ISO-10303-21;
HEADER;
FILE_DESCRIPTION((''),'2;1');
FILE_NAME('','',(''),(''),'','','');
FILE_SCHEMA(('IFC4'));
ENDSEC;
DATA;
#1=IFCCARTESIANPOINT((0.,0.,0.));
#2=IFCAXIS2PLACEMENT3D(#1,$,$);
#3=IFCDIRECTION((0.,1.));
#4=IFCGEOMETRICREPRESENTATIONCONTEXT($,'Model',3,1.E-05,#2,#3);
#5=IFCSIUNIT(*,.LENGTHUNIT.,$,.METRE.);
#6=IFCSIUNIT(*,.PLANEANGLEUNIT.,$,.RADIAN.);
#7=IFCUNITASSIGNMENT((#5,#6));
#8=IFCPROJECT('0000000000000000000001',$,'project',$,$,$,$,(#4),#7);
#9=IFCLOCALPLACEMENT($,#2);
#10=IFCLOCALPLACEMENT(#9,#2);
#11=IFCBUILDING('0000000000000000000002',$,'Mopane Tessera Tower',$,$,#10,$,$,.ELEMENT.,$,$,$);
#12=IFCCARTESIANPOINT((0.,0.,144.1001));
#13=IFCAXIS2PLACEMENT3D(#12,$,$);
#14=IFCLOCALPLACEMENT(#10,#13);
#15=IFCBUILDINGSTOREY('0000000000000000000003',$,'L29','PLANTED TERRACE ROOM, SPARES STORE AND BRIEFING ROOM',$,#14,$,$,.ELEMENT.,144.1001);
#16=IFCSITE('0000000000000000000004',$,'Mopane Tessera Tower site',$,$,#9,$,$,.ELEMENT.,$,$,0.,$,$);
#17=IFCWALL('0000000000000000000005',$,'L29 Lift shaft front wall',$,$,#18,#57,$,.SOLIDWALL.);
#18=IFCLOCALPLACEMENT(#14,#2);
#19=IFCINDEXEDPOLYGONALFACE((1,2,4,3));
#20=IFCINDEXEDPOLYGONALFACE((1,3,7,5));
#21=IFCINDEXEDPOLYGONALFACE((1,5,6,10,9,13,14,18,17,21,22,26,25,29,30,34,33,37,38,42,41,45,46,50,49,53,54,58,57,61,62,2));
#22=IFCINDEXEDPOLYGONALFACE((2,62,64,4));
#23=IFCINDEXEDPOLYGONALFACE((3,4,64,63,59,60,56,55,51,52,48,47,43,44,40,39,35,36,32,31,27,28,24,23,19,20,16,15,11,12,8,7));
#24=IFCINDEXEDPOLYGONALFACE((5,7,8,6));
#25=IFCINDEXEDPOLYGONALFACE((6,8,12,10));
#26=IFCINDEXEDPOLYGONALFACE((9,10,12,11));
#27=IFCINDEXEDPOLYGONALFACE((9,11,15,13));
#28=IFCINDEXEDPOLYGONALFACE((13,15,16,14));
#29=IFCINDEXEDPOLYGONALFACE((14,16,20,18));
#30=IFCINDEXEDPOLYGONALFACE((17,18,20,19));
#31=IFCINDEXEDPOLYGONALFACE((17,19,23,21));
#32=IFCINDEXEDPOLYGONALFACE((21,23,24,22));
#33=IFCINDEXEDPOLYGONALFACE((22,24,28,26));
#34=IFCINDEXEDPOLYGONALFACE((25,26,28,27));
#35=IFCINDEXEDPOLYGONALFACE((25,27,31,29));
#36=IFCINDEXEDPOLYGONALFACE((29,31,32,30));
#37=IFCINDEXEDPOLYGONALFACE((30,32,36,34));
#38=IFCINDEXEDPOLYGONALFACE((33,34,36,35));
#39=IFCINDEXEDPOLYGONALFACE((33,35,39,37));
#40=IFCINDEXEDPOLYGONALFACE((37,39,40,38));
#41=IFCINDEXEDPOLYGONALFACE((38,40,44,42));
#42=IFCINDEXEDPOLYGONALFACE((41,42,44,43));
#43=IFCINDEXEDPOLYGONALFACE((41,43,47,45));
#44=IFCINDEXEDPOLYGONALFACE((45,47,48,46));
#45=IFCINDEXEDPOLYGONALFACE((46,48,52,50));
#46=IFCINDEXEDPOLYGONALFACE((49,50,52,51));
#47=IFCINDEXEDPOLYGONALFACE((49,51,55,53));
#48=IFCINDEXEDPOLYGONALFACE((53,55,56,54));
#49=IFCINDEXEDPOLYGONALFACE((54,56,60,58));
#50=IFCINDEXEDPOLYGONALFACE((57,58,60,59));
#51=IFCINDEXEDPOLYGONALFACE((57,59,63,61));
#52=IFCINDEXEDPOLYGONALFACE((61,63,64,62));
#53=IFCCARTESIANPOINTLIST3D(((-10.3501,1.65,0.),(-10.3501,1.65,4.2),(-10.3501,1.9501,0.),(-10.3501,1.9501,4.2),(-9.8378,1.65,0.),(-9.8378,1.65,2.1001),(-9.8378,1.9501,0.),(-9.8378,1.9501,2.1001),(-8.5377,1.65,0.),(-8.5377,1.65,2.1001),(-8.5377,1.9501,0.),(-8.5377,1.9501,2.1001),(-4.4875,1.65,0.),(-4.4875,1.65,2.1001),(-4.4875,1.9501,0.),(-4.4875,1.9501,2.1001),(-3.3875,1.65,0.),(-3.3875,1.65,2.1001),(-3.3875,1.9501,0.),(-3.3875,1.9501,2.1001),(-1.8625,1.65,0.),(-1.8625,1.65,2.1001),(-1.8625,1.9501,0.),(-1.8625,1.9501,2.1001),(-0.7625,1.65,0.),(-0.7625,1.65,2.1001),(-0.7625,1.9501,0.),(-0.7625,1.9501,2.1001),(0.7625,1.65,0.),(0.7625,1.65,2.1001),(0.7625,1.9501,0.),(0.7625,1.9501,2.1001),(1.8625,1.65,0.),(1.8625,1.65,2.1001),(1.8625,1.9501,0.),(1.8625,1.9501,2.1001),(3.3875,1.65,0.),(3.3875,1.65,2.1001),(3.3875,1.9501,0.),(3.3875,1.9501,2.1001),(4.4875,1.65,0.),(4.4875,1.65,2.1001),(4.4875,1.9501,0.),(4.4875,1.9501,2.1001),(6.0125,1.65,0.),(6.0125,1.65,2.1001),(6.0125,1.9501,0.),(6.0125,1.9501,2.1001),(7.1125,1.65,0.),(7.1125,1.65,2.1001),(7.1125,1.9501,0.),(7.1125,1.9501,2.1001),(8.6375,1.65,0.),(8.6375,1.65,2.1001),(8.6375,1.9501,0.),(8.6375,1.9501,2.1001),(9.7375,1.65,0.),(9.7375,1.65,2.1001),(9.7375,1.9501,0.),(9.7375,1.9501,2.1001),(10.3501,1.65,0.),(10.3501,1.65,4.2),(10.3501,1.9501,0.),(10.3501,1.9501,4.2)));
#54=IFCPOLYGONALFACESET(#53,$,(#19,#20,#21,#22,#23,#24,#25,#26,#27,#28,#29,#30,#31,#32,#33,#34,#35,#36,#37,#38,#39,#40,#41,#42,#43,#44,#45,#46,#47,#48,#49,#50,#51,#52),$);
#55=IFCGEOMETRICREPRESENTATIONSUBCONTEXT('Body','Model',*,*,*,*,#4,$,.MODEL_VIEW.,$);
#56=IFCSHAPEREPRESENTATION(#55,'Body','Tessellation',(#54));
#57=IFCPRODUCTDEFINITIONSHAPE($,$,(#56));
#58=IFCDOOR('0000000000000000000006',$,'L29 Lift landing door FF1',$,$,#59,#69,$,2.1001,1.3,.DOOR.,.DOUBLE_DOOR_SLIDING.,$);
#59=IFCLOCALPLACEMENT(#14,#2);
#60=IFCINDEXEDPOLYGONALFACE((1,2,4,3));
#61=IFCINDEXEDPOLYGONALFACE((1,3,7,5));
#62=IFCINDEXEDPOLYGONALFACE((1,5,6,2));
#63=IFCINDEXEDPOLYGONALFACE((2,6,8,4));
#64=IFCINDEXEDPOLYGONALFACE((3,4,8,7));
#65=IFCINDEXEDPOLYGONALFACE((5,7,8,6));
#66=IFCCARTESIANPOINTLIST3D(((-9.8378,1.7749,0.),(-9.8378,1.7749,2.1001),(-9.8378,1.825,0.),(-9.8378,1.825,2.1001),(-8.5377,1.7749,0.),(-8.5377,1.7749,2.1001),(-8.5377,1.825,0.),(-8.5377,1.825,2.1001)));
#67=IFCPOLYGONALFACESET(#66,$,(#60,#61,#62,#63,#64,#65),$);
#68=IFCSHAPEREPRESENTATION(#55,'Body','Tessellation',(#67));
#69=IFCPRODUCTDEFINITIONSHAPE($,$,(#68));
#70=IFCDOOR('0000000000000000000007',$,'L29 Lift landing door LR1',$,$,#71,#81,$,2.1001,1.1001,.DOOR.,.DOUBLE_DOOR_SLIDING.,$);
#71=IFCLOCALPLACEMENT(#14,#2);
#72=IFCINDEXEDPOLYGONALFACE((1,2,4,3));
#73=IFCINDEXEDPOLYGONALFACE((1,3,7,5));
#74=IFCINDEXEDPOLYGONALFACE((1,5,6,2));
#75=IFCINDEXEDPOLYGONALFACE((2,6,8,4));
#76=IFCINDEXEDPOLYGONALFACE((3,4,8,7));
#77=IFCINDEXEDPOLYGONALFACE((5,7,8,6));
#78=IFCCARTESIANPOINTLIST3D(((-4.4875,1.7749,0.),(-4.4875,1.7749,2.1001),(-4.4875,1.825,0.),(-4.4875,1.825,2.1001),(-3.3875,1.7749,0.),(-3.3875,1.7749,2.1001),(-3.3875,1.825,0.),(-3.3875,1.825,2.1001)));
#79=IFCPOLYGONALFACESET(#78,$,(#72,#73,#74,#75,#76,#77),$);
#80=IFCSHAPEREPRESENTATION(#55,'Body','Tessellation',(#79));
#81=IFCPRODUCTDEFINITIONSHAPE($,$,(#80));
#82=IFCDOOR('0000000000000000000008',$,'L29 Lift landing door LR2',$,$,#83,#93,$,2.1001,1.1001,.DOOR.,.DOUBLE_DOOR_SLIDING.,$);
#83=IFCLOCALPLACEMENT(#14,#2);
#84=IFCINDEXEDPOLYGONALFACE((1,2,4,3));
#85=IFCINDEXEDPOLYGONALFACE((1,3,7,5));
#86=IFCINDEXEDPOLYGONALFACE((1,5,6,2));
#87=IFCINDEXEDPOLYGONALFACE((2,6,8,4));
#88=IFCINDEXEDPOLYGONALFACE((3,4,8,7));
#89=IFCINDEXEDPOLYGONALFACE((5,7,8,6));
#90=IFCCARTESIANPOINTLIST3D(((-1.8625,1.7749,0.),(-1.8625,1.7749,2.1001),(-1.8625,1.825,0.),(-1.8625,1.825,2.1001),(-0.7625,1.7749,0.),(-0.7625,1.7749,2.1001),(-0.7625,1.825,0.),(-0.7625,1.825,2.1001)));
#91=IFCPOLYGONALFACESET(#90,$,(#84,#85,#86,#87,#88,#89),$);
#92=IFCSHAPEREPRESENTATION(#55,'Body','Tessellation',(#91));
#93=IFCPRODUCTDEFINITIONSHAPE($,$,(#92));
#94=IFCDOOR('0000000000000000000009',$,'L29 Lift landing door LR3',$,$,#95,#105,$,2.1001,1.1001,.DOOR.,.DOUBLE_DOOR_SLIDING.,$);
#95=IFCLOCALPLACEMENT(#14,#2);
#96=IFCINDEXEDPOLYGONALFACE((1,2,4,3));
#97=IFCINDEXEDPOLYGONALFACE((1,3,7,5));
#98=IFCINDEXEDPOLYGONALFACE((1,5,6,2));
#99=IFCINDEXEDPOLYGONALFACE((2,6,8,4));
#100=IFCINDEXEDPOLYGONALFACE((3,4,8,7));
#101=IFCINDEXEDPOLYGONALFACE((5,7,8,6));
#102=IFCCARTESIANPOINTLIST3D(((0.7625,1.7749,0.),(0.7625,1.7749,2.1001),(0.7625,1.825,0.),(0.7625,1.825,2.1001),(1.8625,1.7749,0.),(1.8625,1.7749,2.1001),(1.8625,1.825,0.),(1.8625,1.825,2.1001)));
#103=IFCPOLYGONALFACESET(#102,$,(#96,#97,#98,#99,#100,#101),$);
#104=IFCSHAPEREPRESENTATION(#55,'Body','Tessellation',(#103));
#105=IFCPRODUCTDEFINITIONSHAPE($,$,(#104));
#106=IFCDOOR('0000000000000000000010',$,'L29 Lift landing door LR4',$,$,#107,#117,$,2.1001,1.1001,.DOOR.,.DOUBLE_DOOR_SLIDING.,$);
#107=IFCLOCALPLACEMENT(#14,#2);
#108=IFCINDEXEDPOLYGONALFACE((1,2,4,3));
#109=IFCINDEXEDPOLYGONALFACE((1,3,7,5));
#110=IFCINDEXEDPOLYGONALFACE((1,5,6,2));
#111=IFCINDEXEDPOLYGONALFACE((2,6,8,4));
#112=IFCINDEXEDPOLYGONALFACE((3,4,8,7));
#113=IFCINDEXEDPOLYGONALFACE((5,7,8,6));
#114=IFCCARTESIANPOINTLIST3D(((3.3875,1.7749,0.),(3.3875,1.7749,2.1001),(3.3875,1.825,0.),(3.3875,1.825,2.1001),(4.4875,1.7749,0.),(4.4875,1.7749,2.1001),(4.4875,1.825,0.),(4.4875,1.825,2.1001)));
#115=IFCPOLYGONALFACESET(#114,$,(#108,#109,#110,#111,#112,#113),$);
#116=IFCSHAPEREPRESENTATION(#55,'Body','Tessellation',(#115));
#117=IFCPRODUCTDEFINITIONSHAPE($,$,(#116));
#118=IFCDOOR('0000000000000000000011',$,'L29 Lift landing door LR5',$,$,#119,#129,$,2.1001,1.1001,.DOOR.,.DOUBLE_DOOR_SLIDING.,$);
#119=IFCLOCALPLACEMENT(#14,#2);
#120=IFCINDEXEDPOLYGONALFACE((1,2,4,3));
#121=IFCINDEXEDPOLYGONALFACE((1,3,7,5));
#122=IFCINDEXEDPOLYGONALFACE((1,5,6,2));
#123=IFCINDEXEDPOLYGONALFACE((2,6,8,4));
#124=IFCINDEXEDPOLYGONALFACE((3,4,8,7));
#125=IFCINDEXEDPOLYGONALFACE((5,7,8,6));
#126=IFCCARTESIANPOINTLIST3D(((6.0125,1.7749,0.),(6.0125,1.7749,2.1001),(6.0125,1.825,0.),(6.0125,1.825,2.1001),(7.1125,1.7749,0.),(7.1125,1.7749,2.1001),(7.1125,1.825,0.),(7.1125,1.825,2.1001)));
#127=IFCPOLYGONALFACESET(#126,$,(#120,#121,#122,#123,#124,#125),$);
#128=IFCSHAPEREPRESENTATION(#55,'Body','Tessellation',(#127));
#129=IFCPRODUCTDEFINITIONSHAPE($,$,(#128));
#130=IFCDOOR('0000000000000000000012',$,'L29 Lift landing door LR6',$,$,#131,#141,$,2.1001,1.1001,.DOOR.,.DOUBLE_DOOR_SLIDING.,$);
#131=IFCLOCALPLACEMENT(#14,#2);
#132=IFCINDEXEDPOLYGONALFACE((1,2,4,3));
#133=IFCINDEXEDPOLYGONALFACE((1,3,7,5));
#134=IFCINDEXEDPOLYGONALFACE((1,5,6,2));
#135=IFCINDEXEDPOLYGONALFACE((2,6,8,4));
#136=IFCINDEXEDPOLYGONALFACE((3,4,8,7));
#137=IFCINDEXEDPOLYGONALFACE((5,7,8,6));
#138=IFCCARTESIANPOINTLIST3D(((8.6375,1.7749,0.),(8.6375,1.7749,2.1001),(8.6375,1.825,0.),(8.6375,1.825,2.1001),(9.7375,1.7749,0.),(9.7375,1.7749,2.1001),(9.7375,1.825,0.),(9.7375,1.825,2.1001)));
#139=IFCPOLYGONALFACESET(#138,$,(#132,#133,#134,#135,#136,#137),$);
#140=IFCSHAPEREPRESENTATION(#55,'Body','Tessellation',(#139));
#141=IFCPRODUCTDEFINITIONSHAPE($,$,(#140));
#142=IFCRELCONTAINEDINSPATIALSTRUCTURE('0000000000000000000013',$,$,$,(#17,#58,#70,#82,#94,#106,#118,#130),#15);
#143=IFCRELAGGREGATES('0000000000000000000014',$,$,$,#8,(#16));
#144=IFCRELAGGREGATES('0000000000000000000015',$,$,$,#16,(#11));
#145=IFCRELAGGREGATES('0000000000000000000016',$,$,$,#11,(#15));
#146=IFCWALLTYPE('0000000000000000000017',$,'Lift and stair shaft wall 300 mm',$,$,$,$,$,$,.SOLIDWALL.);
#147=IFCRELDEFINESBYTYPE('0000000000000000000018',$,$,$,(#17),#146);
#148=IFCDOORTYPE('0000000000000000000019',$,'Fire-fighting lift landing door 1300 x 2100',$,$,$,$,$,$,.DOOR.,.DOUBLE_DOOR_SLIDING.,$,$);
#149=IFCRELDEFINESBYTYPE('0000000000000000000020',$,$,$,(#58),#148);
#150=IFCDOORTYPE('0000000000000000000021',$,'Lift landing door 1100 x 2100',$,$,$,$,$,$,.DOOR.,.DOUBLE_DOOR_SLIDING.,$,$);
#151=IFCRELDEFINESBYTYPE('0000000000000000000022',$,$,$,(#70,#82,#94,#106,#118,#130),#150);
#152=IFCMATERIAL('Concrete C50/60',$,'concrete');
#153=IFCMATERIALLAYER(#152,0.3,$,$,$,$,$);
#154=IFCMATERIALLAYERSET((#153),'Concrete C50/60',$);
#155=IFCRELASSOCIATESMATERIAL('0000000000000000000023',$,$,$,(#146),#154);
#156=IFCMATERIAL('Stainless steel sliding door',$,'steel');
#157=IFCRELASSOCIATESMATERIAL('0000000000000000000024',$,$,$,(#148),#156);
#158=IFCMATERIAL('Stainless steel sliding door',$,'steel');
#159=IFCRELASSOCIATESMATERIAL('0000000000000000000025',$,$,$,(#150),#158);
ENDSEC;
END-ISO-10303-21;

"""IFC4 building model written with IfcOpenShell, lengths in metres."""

from ifc_helpers import new_model, si_unit, direction, frame, frame_2d, origin, place, context, subcontext, project, spatial, rectangle, extrude, material, layer, layer_set, type_object, element, fill, save


model = new_model("IFC4")

# Units and contexts
model_context = context("Model", 3, precision=1e-05, world=origin(), true_north=direction((0.0, 1.0)))
body_context = subcontext(model_context, "Body", "Model", "MODEL_VIEW")
ifc_project = project(units=[si_unit("LENGTHUNIT", "METRE"), si_unit("PLANEANGLEUNIT", "RADIAN")], contexts=[model_context])

# Site, building, storey
site_placement = place(None, origin())
site = spatial("IfcSite", under=ifc_project, at=site_placement, Name="Mopane Tessera Tower site", CompositionType="ELEMENT", RefElevation=0.0)
building_placement = place(site_placement, origin())
building = spatial("IfcBuilding", under=site, at=building_placement, Name="Mopane Tessera Tower", CompositionType="ELEMENT")
storey_placement = place(building_placement, frame((0.0, 0.0, 144.1001)))
storey = spatial("IfcBuildingStorey", under=building, at=storey_placement, Name="L29", Description="PLANTED TERRACE ROOM, SPARES STORE AND BRIEFING ROOM", CompositionType="ELEMENT", Elevation=144.1001)

# Wall, openings, doors
ifc_material_1 = material(Name="Concrete C50/60", Category="concrete")
ifc_layer_1 = layer(ifc_material_1, 0.3)
ifc_layer_set_1 = layer_set([ifc_layer_1], Name="Concrete C50/60")
wall_type_1 = type_object("IfcWallType", Name="Lift and stair shaft wall 300 mm", PredefinedType="SOLIDWALL", material=ifc_layer_set_1)
wall_1_placement = place(storey_placement, frame((-10.3501, 1.8, 0.0), z_axis=(0.0, 0.0, 1.0), x_axis=(1.0, 0.0, 0.0)))
wall_1 = element("IfcWall", 1, at=wall_1_placement, inside=storey, type_object=wall_type_1, Name="L29 Lift shaft front wall", PredefinedType="SOLIDWALL", context=body_context, shape_type="SweptSolid", body=[
    extrude(rectangle(XDim=20.7002, YDim=0.3, at=frame_2d((10.3501, 0.0))), origin(), (0.0, 0.0, 1.0), 4.2),
])
opening_1_placement = place(wall_1_placement, frame((0.5125, 0.0, 0.0)))
opening_1 = element("IfcOpeningElement", 2, at=opening_1_placement, cuts=wall_1, PredefinedType="OPENING", context=body_context, shape_type="SweptSolid", body=[
    extrude(rectangle(XDim=1.3, YDim=2.1001, at=frame_2d((0.6499, 1.05))), frame((0.0, 0.1621, 0.0), z_axis=(0.0, -1.0, 0.0), x_axis=(1.0, 0.0, 0.0)), (0.0, 0.0, 1.0), 0.324),
])
opening_2_placement = place(wall_1_placement, frame((5.8625, 0.0, 0.0)))
opening_2 = element("IfcOpeningElement", 3, at=opening_2_placement, cuts=wall_1, PredefinedType="OPENING", context=body_context, shape_type="SweptSolid", body=[
    extrude(rectangle(XDim=1.1001, YDim=2.1001, at=frame_2d((0.55, 1.05))), frame((0.0, 0.1621, 0.0), z_axis=(0.0, -1.0, 0.0), x_axis=(1.0, 0.0, 0.0)), (0.0, 0.0, 1.0), 0.324),
])
opening_3_placement = place(wall_1_placement, frame((8.4875, 0.0, 0.0)))
opening_3 = element("IfcOpeningElement", 4, at=opening_3_placement, cuts=wall_1, PredefinedType="OPENING", context=body_context, shape_type="SweptSolid", body=[
    extrude(rectangle(XDim=1.1001, YDim=2.1001, at=frame_2d((0.55, 1.05))), frame((0.0, 0.1621, 0.0), z_axis=(0.0, -1.0, 0.0), x_axis=(1.0, 0.0, 0.0)), (0.0, 0.0, 1.0), 0.324),
])
opening_4_placement = place(wall_1_placement, frame((11.1125, 0.0, 0.0)))
opening_4 = element("IfcOpeningElement", 5, at=opening_4_placement, cuts=wall_1, PredefinedType="OPENING", context=body_context, shape_type="SweptSolid", body=[
    extrude(rectangle(XDim=1.1001, YDim=2.1001, at=frame_2d((0.55, 1.05))), frame((0.0, 0.1621, 0.0), z_axis=(0.0, -1.0, 0.0), x_axis=(1.0, 0.0, 0.0)), (0.0, 0.0, 1.0), 0.324),
])
opening_5_placement = place(wall_1_placement, frame((13.7375, 0.0, 0.0)))
opening_5 = element("IfcOpeningElement", 6, at=opening_5_placement, cuts=wall_1, PredefinedType="OPENING", context=body_context, shape_type="SweptSolid", body=[
    extrude(rectangle(XDim=1.1001, YDim=2.1001, at=frame_2d((0.55, 1.05))), frame((0.0, 0.1621, 0.0), z_axis=(0.0, -1.0, 0.0), x_axis=(1.0, 0.0, 0.0)), (0.0, 0.0, 1.0), 0.324),
])
opening_6_placement = place(wall_1_placement, frame((16.3625, 0.0, 0.0)))
opening_6 = element("IfcOpeningElement", 7, at=opening_6_placement, cuts=wall_1, PredefinedType="OPENING", context=body_context, shape_type="SweptSolid", body=[
    extrude(rectangle(XDim=1.1001, YDim=2.1001, at=frame_2d((0.55, 1.05))), frame((0.0, 0.1621, 0.0), z_axis=(0.0, -1.0, 0.0), x_axis=(1.0, 0.0, 0.0)), (0.0, 0.0, 1.0), 0.324),
])
opening_7_placement = place(wall_1_placement, frame((18.9875, 0.0, 0.0)))
opening_7 = element("IfcOpeningElement", 8, at=opening_7_placement, cuts=wall_1, PredefinedType="OPENING", context=body_context, shape_type="SweptSolid", body=[
    extrude(rectangle(XDim=1.1001, YDim=2.1001, at=frame_2d((0.55, 1.05))), frame((0.0, 0.1621, 0.0), z_axis=(0.0, -1.0, 0.0), x_axis=(1.0, 0.0, 0.0)), (0.0, 0.0, 1.0), 0.324),
])
ifc_material_2 = material(Name="Stainless steel sliding door", Category="steel")
door_type_1 = type_object("IfcDoorType", Name="Fire-fighting lift landing door 1300 x 2100", OperationType="DOUBLE_DOOR_SLIDING", PredefinedType="DOOR", material=ifc_material_2)
door_1_placement = place(opening_1_placement, origin())
door_1 = element("IfcDoor", 9, at=door_1_placement, inside=storey, type_object=door_type_1, Name="L29 Lift landing door FF1", OperationType="DOUBLE_DOOR_SLIDING", OverallHeight=2.1001, OverallWidth=1.3, PredefinedType="DOOR", context=body_context, shape_type="SweptSolid", body=[
    extrude(rectangle(XDim=1.3, YDim=2.1001, at=frame_2d((0.6499, 1.05))), frame((0.0, 0.0249, 0.0), z_axis=(0.0, -1.0, 0.0), x_axis=(1.0, 0.0, 0.0)), (0.0, 0.0, 1.0), 0.05),
])
fill(opening_1, door_1)
ifc_material_3 = material(Name="Stainless steel sliding door", Category="steel")
door_type_2 = type_object("IfcDoorType", Name="Lift landing door 1100 x 2100", OperationType="DOUBLE_DOOR_SLIDING", PredefinedType="DOOR", material=ifc_material_3)
door_2_placement = place(opening_2_placement, origin())
door_2 = element("IfcDoor", 10, at=door_2_placement, inside=storey, type_object=door_type_2, Name="L29 Lift landing door LR1", OperationType="DOUBLE_DOOR_SLIDING", OverallHeight=2.1001, OverallWidth=1.1001, PredefinedType="DOOR", context=body_context, shape_type="SweptSolid", body=[
    extrude(rectangle(XDim=1.1001, YDim=2.1001, at=frame_2d((0.55, 1.05))), frame((0.0, 0.0249, 0.0), z_axis=(0.0, -1.0, 0.0), x_axis=(1.0, 0.0, 0.0)), (0.0, 0.0, 1.0), 0.05),
])
fill(opening_2, door_2)
door_3_placement = place(opening_3_placement, origin())
door_3 = element("IfcDoor", 11, at=door_3_placement, inside=storey, type_object=door_type_2, Name="L29 Lift landing door LR2", OperationType="DOUBLE_DOOR_SLIDING", OverallHeight=2.1001, OverallWidth=1.1001, PredefinedType="DOOR", context=body_context, shape_type="SweptSolid", body=[
    extrude(rectangle(XDim=1.1001, YDim=2.1001, at=frame_2d((0.55, 1.05))), frame((0.0, 0.0249, 0.0), z_axis=(0.0, -1.0, 0.0), x_axis=(1.0, 0.0, 0.0)), (0.0, 0.0, 1.0), 0.05),
])
fill(opening_3, door_3)
door_4_placement = place(opening_4_placement, origin())
door_4 = element("IfcDoor", 12, at=door_4_placement, inside=storey, type_object=door_type_2, Name="L29 Lift landing door LR3", OperationType="DOUBLE_DOOR_SLIDING", OverallHeight=2.1001, OverallWidth=1.1001, PredefinedType="DOOR", context=body_context, shape_type="SweptSolid", body=[
    extrude(rectangle(XDim=1.1001, YDim=2.1001, at=frame_2d((0.55, 1.05))), frame((0.0, 0.0249, 0.0), z_axis=(0.0, -1.0, 0.0), x_axis=(1.0, 0.0, 0.0)), (0.0, 0.0, 1.0), 0.05),
])
fill(opening_4, door_4)
door_5_placement = place(opening_5_placement, origin())
door_5 = element("IfcDoor", 13, at=door_5_placement, inside=storey, type_object=door_type_2, Name="L29 Lift landing door LR4", OperationType="DOUBLE_DOOR_SLIDING", OverallHeight=2.1001, OverallWidth=1.1001, PredefinedType="DOOR", context=body_context, shape_type="SweptSolid", body=[
    extrude(rectangle(XDim=1.1001, YDim=2.1001, at=frame_2d((0.55, 1.05))), frame((0.0, 0.0249, 0.0), z_axis=(0.0, -1.0, 0.0), x_axis=(1.0, 0.0, 0.0)), (0.0, 0.0, 1.0), 0.05),
])
fill(opening_5, door_5)
door_6_placement = place(opening_6_placement, origin())
door_6 = element("IfcDoor", 14, at=door_6_placement, inside=storey, type_object=door_type_2, Name="L29 Lift landing door LR5", OperationType="DOUBLE_DOOR_SLIDING", OverallHeight=2.1001, OverallWidth=1.1001, PredefinedType="DOOR", context=body_context, shape_type="SweptSolid", body=[
    extrude(rectangle(XDim=1.1001, YDim=2.1001, at=frame_2d((0.55, 1.05))), frame((0.0, 0.0249, 0.0), z_axis=(0.0, -1.0, 0.0), x_axis=(1.0, 0.0, 0.0)), (0.0, 0.0, 1.0), 0.05),
])
fill(opening_6, door_6)
door_7_placement = place(opening_7_placement, origin())
door_7 = element("IfcDoor", 15, at=door_7_placement, inside=storey, type_object=door_type_2, Name="L29 Lift landing door LR6", OperationType="DOUBLE_DOOR_SLIDING", OverallHeight=2.1001, OverallWidth=1.1001, PredefinedType="DOOR", context=body_context, shape_type="SweptSolid", body=[
    extrude(rectangle(XDim=1.1001, YDim=2.1001, at=frame_2d((0.55, 1.05))), frame((0.0, 0.0249, 0.0), z_axis=(0.0, -1.0, 0.0), x_axis=(1.0, 0.0, 0.0)), (0.0, 0.0, 1.0), 0.05),
])
fill(opening_7, door_7)

save(model, "model.ifc")
